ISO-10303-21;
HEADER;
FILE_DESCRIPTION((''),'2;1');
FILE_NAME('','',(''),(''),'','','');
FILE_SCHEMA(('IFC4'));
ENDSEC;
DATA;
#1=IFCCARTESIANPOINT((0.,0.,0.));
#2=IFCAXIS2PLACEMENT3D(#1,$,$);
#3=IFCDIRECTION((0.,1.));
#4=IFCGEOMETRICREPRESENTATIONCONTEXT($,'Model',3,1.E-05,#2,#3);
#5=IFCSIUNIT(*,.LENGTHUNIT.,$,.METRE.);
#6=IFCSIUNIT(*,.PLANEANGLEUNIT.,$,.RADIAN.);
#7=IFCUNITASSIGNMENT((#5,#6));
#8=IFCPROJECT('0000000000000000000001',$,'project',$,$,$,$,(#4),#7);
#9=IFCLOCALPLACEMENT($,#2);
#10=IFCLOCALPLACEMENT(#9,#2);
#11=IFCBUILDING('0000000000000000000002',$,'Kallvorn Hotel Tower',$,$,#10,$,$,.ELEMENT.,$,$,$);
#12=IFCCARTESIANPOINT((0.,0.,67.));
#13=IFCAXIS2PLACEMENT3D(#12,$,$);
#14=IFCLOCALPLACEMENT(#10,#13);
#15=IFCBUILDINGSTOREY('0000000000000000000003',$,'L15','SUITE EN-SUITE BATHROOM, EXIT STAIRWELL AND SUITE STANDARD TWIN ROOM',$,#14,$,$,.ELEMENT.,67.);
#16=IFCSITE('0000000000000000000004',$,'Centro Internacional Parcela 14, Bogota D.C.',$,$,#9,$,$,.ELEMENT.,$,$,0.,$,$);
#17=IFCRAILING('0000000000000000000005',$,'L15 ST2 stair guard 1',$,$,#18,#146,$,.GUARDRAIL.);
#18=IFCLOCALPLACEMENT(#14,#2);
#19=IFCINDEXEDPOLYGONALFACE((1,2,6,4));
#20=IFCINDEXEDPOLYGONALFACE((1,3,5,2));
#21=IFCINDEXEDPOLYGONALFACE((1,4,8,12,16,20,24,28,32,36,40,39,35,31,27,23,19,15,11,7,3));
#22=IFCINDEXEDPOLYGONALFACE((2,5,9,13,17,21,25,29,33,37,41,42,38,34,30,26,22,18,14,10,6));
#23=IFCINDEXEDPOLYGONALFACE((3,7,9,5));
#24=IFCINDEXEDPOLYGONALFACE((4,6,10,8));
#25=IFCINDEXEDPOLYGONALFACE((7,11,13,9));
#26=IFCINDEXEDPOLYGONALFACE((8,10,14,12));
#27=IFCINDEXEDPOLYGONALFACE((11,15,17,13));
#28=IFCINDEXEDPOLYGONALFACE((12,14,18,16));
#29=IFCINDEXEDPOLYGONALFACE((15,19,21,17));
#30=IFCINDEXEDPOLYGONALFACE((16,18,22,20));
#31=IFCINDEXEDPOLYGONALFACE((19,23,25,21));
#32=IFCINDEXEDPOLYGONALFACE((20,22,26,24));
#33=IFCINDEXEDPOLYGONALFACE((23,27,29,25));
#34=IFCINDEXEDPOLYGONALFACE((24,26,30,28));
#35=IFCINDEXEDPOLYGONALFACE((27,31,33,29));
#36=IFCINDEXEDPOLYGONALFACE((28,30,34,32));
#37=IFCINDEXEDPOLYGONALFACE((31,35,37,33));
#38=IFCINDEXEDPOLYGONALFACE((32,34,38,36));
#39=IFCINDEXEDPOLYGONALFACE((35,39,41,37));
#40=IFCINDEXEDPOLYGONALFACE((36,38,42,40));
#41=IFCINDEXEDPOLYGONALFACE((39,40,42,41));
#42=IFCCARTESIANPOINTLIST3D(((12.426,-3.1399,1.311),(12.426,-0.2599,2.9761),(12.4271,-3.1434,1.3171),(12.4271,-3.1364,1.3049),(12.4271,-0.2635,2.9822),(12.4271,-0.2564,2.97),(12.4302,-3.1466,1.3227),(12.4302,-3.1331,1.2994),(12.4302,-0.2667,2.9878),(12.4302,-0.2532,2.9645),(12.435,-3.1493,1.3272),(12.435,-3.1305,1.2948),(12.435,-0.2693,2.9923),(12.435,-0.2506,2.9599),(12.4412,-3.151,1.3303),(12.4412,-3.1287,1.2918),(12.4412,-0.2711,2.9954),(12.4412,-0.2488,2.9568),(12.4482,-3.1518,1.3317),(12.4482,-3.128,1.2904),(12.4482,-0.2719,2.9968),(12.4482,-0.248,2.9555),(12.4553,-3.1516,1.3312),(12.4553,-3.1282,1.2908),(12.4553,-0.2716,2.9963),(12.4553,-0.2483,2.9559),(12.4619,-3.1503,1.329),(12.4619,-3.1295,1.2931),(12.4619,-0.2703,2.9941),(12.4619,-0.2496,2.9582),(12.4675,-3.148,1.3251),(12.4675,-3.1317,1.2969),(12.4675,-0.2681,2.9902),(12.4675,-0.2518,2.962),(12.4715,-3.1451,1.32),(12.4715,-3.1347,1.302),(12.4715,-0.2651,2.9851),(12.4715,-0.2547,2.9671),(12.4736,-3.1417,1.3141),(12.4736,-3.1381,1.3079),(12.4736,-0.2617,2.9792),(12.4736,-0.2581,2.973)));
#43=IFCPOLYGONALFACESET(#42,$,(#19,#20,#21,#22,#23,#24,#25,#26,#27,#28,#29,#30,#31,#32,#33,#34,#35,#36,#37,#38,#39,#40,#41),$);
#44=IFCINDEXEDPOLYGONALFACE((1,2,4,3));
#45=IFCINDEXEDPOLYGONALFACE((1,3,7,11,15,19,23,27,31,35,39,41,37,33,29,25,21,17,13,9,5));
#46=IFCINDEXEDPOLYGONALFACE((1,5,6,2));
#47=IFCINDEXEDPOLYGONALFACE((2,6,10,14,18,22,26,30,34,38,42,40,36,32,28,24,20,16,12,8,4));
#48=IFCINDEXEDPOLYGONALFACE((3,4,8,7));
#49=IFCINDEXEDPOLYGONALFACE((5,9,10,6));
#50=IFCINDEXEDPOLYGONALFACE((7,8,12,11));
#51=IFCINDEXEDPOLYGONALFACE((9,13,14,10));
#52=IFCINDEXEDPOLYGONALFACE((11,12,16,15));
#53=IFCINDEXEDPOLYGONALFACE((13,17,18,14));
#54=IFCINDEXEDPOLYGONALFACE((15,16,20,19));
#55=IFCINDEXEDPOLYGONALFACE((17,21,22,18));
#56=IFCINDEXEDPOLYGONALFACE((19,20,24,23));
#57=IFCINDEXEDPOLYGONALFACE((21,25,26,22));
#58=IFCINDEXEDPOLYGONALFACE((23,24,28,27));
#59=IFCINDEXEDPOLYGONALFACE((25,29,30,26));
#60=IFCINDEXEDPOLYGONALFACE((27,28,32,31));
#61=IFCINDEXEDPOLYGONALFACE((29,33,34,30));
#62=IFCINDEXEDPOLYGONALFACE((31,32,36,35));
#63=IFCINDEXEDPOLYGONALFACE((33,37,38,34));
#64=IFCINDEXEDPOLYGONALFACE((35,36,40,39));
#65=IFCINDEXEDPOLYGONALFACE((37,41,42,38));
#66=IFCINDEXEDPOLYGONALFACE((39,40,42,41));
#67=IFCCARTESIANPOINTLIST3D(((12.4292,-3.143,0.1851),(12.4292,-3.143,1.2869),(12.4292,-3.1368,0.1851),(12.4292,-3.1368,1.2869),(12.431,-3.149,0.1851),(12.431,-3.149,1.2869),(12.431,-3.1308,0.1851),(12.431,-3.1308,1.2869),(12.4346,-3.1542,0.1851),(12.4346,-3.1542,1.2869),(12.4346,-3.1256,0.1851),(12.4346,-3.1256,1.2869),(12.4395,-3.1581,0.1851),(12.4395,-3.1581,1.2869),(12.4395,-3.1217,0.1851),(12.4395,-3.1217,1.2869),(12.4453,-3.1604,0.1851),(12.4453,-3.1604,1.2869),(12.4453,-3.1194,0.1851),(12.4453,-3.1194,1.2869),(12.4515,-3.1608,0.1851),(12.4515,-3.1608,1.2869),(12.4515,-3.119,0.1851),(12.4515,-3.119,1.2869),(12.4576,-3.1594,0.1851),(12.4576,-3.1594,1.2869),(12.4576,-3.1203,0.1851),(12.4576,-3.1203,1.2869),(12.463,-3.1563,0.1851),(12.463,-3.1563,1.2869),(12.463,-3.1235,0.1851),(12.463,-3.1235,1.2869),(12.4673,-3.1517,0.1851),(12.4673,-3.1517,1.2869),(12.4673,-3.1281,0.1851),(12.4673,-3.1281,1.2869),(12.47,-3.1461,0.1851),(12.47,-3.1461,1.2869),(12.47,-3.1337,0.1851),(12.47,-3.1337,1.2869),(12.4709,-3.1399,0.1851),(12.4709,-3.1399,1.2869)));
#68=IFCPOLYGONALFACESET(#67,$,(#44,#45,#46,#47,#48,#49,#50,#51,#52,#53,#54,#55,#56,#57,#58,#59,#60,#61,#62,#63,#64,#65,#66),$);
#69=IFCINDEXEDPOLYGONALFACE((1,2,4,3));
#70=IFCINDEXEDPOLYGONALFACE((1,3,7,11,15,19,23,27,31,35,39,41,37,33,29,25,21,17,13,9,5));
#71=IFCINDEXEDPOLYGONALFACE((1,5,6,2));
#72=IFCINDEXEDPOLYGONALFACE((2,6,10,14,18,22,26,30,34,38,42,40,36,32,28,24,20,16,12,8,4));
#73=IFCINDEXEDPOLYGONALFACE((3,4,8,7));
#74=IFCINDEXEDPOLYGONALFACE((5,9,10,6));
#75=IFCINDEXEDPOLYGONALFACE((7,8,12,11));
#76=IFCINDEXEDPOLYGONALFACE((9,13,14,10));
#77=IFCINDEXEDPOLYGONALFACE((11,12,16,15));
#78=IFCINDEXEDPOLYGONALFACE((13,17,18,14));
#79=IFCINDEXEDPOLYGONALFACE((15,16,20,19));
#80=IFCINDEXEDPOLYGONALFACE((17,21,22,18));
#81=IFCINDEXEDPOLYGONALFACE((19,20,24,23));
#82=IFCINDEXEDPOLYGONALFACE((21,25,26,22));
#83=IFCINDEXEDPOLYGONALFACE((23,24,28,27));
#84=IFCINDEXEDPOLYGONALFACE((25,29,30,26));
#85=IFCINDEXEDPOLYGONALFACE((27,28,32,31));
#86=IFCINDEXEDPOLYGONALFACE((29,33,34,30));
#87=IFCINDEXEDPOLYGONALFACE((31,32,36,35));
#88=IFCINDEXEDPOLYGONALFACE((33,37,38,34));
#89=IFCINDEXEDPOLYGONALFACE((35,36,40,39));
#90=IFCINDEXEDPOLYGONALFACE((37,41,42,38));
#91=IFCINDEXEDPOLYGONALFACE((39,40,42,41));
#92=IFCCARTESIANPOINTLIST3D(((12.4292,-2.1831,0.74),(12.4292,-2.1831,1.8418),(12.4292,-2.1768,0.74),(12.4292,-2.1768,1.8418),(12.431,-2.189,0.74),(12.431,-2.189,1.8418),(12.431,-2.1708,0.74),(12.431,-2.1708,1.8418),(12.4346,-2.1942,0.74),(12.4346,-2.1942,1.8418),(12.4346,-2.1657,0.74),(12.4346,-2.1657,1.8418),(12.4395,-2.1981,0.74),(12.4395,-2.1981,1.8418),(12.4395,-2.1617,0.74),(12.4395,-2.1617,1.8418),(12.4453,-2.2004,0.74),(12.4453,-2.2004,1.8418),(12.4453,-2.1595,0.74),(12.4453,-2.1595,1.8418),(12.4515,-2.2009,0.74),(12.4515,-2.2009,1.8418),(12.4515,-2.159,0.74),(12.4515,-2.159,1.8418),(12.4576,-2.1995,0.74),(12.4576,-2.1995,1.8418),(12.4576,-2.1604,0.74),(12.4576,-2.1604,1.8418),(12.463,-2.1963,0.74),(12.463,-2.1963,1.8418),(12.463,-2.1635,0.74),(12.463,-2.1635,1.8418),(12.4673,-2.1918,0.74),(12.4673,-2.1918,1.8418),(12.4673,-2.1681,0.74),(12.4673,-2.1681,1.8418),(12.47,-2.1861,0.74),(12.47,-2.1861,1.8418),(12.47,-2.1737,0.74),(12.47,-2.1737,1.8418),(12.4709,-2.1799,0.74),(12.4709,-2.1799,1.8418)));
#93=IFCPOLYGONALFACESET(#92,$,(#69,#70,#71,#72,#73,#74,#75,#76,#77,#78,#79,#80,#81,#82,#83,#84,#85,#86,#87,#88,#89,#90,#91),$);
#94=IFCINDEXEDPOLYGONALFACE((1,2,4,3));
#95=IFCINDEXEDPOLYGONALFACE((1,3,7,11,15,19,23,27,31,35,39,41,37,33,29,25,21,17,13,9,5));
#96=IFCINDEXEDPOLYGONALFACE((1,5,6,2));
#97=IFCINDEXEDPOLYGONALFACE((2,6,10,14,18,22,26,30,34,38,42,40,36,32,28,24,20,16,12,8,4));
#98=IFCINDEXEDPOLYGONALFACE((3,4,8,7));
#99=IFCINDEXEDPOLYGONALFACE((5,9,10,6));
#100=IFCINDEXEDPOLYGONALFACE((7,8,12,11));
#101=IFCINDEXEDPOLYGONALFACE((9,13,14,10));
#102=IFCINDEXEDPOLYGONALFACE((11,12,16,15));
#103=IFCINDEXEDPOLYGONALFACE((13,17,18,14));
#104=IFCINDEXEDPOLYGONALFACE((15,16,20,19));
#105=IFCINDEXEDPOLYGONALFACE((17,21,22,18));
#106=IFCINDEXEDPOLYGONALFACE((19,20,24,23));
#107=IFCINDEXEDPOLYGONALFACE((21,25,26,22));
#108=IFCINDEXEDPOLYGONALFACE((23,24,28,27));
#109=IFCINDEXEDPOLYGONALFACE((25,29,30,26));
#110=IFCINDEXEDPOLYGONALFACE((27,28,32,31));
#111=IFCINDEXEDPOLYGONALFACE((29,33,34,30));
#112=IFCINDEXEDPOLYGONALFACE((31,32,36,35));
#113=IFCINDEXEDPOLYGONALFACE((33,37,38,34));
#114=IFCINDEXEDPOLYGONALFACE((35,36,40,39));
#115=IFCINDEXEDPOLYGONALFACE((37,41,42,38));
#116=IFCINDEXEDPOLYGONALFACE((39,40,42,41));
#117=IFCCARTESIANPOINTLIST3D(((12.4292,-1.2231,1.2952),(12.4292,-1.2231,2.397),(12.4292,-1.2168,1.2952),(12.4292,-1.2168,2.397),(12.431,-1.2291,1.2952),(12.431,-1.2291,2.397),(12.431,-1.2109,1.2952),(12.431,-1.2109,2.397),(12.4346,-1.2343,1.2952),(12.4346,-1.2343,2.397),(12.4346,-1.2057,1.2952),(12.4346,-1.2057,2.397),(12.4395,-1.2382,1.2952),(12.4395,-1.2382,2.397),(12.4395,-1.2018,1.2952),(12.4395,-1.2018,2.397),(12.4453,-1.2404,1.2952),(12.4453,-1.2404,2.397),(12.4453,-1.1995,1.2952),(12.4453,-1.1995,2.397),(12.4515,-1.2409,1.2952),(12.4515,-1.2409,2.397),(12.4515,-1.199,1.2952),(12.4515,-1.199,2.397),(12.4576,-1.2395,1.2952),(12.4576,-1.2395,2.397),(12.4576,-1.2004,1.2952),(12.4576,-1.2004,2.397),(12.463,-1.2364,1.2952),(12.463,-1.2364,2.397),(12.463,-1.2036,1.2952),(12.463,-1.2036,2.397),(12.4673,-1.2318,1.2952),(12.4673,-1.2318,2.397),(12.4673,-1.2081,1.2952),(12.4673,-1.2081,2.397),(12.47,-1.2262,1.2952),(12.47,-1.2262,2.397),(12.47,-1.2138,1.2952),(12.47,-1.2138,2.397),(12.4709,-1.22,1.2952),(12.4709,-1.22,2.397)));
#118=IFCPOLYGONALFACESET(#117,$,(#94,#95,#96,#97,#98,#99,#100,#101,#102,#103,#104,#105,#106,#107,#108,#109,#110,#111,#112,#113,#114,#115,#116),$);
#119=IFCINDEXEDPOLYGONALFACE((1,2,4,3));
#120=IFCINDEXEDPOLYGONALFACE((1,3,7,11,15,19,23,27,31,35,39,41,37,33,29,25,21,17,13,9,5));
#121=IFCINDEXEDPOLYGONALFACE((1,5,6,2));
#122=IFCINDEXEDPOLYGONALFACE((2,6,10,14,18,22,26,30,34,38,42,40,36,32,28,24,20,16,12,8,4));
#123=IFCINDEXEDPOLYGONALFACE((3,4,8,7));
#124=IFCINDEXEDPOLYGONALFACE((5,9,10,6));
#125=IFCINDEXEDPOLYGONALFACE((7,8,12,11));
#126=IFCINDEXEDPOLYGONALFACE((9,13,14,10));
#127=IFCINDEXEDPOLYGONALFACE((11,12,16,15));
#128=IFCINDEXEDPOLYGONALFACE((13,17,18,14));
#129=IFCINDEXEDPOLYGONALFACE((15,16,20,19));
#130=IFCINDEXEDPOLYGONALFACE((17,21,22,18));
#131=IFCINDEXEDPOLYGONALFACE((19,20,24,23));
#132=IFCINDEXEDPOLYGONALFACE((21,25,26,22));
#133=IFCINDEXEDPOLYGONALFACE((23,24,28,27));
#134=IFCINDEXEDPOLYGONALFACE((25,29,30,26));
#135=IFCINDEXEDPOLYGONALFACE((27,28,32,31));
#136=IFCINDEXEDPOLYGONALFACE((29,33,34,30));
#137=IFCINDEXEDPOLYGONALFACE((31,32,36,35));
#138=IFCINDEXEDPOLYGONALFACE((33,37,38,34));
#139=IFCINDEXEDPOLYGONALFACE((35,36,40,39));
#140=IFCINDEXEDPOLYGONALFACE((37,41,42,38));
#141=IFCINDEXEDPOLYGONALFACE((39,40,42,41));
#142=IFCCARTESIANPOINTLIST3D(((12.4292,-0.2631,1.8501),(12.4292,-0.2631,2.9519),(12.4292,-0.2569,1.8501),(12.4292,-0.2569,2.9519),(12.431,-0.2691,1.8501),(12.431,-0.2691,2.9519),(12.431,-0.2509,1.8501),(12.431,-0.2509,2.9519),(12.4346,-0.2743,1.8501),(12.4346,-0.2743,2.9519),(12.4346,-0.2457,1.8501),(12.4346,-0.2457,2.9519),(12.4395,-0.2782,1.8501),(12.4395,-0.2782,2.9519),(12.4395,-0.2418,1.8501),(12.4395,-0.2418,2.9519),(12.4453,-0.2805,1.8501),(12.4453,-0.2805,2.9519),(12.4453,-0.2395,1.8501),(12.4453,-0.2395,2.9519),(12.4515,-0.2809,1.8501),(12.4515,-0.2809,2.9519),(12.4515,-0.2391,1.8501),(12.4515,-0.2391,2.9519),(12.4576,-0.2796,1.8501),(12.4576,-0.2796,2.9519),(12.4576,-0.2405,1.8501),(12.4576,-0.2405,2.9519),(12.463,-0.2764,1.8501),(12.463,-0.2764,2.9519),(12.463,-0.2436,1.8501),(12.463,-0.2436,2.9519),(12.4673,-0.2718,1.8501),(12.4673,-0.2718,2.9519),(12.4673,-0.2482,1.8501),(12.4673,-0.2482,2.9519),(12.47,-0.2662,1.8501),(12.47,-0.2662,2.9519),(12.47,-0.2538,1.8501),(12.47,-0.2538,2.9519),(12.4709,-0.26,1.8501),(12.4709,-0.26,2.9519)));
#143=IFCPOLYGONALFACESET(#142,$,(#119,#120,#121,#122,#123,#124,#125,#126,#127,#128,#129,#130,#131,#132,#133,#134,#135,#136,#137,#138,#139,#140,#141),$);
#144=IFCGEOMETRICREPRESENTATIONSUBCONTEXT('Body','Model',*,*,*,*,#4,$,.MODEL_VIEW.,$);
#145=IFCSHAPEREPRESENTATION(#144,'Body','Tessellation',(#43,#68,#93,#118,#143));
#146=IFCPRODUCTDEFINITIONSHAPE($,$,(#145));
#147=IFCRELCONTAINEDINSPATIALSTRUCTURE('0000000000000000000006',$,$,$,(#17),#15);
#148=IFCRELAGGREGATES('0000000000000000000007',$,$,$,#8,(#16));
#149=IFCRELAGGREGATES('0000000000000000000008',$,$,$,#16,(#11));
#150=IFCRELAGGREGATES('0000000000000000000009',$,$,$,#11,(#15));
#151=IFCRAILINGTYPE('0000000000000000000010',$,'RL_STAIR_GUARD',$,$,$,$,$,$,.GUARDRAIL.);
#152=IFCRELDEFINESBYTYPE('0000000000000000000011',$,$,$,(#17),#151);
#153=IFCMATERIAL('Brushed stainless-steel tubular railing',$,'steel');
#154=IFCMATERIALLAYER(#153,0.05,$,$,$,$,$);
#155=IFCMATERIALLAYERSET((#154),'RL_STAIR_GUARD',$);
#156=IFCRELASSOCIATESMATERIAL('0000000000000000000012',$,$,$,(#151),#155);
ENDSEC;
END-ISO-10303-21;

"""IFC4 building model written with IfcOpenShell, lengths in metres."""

from ifc_helpers import new_model, si_unit, direction, frame, origin, origin_2d, place, context, subcontext, project, spatial, circle, extrude, material, layer, layer_set, type_object, element, save


model = new_model("IFC4")

# Units and contexts
model_context = context("Model", 3, precision=1e-05, world=origin(), true_north=direction((0.0, 1.0)))
body_context = subcontext(model_context, "Body", "Model", "MODEL_VIEW")
ifc_project = project(units=[si_unit("LENGTHUNIT", "METRE"), si_unit("PLANEANGLEUNIT", "RADIAN")], contexts=[model_context])

# Site, building, storey
site_placement = place(None, origin())
site = spatial("IfcSite", under=ifc_project, at=site_placement, Name="Centro Internacional Parcela 14, Bogota D.C.", CompositionType="ELEMENT", RefElevation=0.0)
building_placement = place(site_placement, origin())
building = spatial("IfcBuilding", under=site, at=building_placement, Name="Kallvorn Hotel Tower", CompositionType="ELEMENT")
storey_placement = place(building_placement, frame((0.0, 0.0, 67.0)))
storey = spatial("IfcBuildingStorey", under=building, at=storey_placement, Name="L15", Description="SUITE EN-SUITE BATHROOM, EXIT STAIRWELL AND SUITE STANDARD TWIN ROOM", CompositionType="ELEMENT", Elevation=67.0)

# Railing
ifc_material_1 = material(Name="Brushed stainless-steel tubular railing", Category="steel")
ifc_layer_1 = layer(ifc_material_1, 0.05)
ifc_layer_set_1 = layer_set([ifc_layer_1], Name="RL_STAIR_GUARD")
railing_type = type_object("IfcRailingType", Name="RL_STAIR_GUARD", PredefinedType="GUARDRAIL", material=ifc_layer_set_1)
railing_1_placement = place(storey_placement, frame((12.45, -3.1399, 0.1851)))
element("IfcRailing", 1, at=railing_1_placement, inside=storey, type_object=railing_type, Name="L15 ST2 stair guard 1", PredefinedType="GUARDRAIL", context=body_context, shape_type="SweptSolid", body=[
    extrude(circle(Radius=0.0239, at=origin_2d()), frame((0.0, 0.0, 1.126), z_axis=(0.0, 0.865721, 0.500527), x_axis=(-1.0, 0.0, 0.0)), (0.0, 0.0, 1.0), 3.3267),
    extrude(circle(Radius=0.021, at=origin_2d()), origin(), (0.0, 0.0, 1.0), 1.1018),
    extrude(circle(Radius=0.021, at=origin_2d()), frame((0.0, 0.96, 0.5549)), (0.0, 0.0, 1.0), 1.1018),
    extrude(circle(Radius=0.021, at=origin_2d()), frame((0.0, 1.9199, 1.1101)), (0.0, 0.0, 1.0), 1.1018),
    extrude(circle(Radius=0.021, at=origin_2d()), frame((0.0, 2.8799, 1.665)), (0.0, 0.0, 1.0), 1.1018),
])

save(model, "model.ifc")
